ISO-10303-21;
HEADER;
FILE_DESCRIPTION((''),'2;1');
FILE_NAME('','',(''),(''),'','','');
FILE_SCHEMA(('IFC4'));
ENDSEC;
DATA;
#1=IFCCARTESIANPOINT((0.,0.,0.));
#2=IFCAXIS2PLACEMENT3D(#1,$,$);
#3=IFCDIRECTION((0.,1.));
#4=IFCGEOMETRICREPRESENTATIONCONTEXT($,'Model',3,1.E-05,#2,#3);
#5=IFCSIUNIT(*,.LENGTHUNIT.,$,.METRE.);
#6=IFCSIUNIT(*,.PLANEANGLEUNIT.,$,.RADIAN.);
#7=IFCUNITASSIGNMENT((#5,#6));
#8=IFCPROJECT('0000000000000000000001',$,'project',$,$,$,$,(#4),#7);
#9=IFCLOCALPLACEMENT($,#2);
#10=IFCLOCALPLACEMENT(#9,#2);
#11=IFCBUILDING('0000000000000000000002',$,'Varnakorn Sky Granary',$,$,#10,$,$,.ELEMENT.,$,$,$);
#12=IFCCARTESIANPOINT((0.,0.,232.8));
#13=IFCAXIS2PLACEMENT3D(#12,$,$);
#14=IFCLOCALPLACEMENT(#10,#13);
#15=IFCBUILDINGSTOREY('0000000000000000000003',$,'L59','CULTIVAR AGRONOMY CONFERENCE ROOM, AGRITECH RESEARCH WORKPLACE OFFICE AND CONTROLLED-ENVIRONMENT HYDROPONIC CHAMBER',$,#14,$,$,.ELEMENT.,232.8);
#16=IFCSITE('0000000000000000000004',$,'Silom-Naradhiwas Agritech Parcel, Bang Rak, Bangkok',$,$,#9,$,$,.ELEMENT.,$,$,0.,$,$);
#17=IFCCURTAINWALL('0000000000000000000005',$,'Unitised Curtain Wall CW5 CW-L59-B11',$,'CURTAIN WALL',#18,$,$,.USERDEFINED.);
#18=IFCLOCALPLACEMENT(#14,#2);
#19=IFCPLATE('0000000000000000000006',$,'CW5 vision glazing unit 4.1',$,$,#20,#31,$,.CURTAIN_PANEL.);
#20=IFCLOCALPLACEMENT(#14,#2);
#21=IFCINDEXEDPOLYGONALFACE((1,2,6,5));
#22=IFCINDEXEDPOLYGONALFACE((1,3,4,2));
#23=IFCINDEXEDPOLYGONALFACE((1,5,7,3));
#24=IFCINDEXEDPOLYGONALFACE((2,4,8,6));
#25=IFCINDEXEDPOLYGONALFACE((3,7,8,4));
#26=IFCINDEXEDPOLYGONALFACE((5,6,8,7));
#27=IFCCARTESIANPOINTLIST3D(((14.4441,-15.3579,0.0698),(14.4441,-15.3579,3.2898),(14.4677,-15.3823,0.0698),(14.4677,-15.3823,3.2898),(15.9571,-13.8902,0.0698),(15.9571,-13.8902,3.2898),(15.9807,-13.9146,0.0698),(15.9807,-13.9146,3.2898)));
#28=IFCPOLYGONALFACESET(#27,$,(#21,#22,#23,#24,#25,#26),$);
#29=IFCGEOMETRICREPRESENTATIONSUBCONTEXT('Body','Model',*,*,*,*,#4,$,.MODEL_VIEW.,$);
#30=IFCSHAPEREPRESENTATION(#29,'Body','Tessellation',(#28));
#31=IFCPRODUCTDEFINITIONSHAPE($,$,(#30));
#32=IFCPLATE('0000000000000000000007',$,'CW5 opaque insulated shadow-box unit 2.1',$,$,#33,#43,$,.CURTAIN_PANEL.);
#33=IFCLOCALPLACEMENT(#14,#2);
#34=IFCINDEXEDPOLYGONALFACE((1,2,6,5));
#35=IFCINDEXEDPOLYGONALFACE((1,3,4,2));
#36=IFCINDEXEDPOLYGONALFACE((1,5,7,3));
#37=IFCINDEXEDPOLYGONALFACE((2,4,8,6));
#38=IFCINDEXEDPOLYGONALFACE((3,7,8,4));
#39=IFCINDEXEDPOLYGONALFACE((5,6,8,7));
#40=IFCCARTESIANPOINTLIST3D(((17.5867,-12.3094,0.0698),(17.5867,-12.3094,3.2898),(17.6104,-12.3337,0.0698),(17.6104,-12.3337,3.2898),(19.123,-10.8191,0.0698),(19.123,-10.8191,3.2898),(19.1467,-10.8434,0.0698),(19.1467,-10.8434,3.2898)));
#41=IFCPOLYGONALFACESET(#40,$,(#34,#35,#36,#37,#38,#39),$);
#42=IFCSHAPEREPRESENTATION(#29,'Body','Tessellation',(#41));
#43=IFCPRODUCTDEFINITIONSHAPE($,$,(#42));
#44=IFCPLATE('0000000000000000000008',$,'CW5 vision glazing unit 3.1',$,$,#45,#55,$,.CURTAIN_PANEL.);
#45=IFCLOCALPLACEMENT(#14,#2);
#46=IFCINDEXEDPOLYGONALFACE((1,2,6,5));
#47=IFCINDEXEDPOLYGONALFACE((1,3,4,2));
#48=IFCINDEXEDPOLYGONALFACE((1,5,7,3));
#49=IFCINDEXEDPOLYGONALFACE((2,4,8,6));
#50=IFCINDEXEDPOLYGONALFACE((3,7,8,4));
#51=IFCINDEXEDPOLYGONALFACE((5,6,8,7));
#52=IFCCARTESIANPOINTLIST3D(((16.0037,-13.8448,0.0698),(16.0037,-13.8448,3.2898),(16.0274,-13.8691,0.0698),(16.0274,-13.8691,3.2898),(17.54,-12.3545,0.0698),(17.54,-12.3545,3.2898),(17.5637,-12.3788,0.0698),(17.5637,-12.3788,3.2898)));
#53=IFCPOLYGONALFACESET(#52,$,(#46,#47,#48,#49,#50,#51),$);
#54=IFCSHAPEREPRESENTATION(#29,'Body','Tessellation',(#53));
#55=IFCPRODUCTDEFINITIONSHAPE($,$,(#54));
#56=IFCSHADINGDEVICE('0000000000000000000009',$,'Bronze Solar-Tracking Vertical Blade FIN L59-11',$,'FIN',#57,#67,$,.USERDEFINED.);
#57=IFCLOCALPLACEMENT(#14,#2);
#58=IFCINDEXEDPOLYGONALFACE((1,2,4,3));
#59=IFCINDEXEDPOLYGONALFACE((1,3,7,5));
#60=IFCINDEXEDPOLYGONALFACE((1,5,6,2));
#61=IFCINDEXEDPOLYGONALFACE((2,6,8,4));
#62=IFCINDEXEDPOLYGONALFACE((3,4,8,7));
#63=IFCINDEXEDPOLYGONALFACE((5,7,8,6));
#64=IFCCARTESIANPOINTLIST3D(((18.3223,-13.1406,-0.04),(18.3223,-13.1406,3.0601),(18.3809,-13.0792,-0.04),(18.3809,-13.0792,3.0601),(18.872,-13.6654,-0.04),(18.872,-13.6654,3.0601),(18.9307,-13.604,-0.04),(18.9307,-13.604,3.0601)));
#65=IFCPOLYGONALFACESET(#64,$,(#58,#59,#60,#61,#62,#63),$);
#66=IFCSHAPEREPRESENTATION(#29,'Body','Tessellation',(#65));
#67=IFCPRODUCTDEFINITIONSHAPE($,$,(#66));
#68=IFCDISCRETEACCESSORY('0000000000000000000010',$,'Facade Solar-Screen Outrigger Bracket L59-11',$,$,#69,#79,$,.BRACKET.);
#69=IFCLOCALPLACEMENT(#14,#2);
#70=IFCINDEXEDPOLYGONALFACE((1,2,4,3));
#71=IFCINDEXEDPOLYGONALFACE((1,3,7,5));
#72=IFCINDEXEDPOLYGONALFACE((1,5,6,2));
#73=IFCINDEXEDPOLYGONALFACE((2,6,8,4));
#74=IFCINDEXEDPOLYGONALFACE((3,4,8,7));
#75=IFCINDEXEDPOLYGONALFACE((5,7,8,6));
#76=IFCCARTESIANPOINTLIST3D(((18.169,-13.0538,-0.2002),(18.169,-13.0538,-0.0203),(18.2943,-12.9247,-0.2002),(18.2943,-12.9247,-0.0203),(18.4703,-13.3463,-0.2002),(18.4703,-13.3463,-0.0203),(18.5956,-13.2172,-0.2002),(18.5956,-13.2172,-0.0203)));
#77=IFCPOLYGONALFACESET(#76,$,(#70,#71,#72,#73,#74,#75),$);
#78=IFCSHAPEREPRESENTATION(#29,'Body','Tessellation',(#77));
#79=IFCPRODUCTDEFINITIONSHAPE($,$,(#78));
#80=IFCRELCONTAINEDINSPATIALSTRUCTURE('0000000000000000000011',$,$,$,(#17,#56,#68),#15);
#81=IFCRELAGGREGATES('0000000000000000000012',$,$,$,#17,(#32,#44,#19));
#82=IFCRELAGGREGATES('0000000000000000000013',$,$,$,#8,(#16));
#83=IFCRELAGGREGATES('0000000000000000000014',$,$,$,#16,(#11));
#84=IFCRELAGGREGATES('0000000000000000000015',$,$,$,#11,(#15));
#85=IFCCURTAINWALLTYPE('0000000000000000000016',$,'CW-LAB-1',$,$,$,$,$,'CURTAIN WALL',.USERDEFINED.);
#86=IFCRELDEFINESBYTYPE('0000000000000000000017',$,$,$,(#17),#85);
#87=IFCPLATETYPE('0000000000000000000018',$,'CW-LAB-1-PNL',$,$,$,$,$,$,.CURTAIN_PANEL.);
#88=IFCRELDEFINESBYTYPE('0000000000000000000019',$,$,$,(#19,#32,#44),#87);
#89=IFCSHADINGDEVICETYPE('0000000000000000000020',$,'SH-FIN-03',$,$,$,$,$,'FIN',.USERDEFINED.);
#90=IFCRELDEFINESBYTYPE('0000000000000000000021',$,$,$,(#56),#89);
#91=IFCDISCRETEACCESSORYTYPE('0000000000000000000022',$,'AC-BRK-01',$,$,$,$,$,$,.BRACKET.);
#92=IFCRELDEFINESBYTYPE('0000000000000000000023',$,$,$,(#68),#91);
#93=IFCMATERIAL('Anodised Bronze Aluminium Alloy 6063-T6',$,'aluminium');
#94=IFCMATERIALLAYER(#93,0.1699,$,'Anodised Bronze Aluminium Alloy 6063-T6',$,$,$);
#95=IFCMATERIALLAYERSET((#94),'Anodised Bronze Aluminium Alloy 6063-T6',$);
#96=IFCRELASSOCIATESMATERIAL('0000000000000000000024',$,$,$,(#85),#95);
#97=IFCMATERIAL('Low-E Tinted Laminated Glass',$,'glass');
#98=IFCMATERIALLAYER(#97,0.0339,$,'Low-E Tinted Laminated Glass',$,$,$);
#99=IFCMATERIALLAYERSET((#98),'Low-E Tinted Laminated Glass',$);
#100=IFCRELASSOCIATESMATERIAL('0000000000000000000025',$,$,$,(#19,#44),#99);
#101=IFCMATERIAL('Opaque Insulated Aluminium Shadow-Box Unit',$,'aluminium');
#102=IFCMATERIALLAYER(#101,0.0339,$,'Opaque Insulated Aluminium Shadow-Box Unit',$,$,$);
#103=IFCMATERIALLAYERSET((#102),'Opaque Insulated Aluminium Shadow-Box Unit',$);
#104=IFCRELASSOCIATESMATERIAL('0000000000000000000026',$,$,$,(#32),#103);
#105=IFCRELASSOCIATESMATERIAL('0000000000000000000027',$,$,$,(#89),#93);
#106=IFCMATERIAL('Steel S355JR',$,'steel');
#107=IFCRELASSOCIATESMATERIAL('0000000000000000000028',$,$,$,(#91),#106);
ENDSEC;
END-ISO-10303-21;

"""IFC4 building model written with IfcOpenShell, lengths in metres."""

from ifc_helpers import new_model, si_unit, direction, frame, origin, origin_2d, place, context, subcontext, project, spatial, rectangle, extrude, source, transform, mapped, material, layer, layer_set, type_object, type_shapes, element, aggregate, save


model = new_model("IFC4")

# Units and contexts
model_context = context("Model", 3, precision=1e-05, world=origin(), true_north=direction((0.0, 1.0)))
body_context = subcontext(model_context, "Body", "Model", "MODEL_VIEW")
ifc_project = project(units=[si_unit("LENGTHUNIT", "METRE"), si_unit("PLANEANGLEUNIT", "RADIAN")], contexts=[model_context])

# Site, building, storey
site_placement = place(None, origin())
site = spatial("IfcSite", under=ifc_project, at=site_placement, Name="Silom-Naradhiwas Agritech Parcel, Bang Rak, Bangkok", CompositionType="ELEMENT", RefElevation=0.0)
building_placement = place(site_placement, origin())
building = spatial("IfcBuilding", under=site, at=building_placement, Name="Varnakorn Sky Granary", CompositionType="ELEMENT")
storey_placement = place(building_placement, frame((0.0, 0.0, 232.8)))
storey = spatial("IfcBuildingStorey", under=building, at=storey_placement, Name="L59", Description="CULTIVAR AGRONOMY CONFERENCE ROOM, AGRITECH RESEARCH WORKPLACE OFFICE AND CONTROLLED-ENVIRONMENT HYDROPONIC CHAMBER", CompositionType="ELEMENT", Elevation=232.8)

# Shared definitions
ifc_material_1 = material(Name="Steel S355JR", Category="steel")

# Shared definitions
ifc_material_2 = material(Name="Anodised Bronze Aluminium Alloy 6063-T6", Category="aluminium")
ifc_layer_1 = layer(ifc_material_2, 0.1699, Name="Anodised Bronze Aluminium Alloy 6063-T6")
ifc_layer_set_1 = layer_set([ifc_layer_1], Name="Anodised Bronze Aluminium Alloy 6063-T6")
curtain_wall_type = type_object("IfcCurtainWallType", Name="CW-LAB-1", ElementType="CURTAIN WALL", PredefinedType="USERDEFINED", material=ifc_layer_set_1)

# Curtain wall
curtain_wall_1_placement = place(storey_placement, origin())
curtain_wall_1 = element("IfcCurtainWall", 1, at=curtain_wall_1_placement, inside=storey, type_object=curtain_wall_type, Name="Unitised Curtain Wall CW5 CW-L59-B11", ObjectType="CURTAIN WALL", PredefinedType="USERDEFINED")

# Plates
ifc_material_3 = material(Name="Low-E Tinted Laminated Glass", Category="glass")
ifc_layer_2 = layer(ifc_material_3, 0.0339, Name="Low-E Tinted Laminated Glass")
ifc_layer_set_2 = layer_set([ifc_layer_2], Name="Low-E Tinted Laminated Glass")
plate_type = type_object("IfcPlateType", Name="CW-LAB-1-PNL", PredefinedType="CURTAIN_PANEL")
shared_shape_1 = source(origin(), body_context, "Body", "SweptSolid", [
    extrude(rectangle(XDim=2.1079, YDim=0.0339, at=origin_2d()), origin(), (0.0, 0.0, 1.0), 3.22),
])
plate_1_placement = place(storey_placement, frame((15.2124, -14.6362, 0.0698), z_axis=(0.0, 0.0, 1.0), x_axis=(-0.717771, -0.696279, 0.0)))
plate_1 = element("IfcPlate", 2, at=plate_1_placement, type_object=plate_type, material=ifc_layer_set_2, Name="CW5 vision glazing unit 4.1", PredefinedType="CURTAIN_PANEL", context=body_context, shape_type="MappedRepresentation", body=[
    mapped(shared_shape_1, transform((0.0, 0.0, 0.0), x_axis=(1.0, 0.0, 0.0), y_axis=(0.0, 1.0, 0.0), z_axis=(0.0, 0.0, 1.0), scale=1.0)),
])
ifc_material_4 = material(Name="Opaque Insulated Aluminium Shadow-Box Unit", Category="aluminium")
ifc_layer_3 = layer(ifc_material_4, 0.0339, Name="Opaque Insulated Aluminium Shadow-Box Unit")
ifc_layer_set_3 = layer_set([ifc_layer_3], Name="Opaque Insulated Aluminium Shadow-Box Unit")
shared_shape_2 = source(origin(), body_context, "Body", "SweptSolid", [
    extrude(rectangle(XDim=2.1404, YDim=0.0339, at=origin_2d()), origin(), (0.0, 0.0, 1.0), 3.22),
])
type_shapes(plate_type, [shared_shape_1, shared_shape_2])
plate_2_placement = place(storey_placement, frame((18.3667, -11.5764, 0.0698), z_axis=(0.0, 0.0, 1.0), x_axis=(-0.717771, -0.696279, 0.0)))
plate_2 = element("IfcPlate", 3, at=plate_2_placement, type_object=plate_type, material=ifc_layer_set_3, Name="CW5 opaque insulated shadow-box unit 2.1", PredefinedType="CURTAIN_PANEL", context=body_context, shape_type="MappedRepresentation", body=[
    mapped(shared_shape_2, transform((0.0, 0.0, 0.0), x_axis=(1.0, 0.0, 0.0), y_axis=(0.0, 1.0, 0.0), z_axis=(0.0, 0.0, 1.0), scale=1.0)),
])
plate_3_placement = place(storey_placement, frame((16.7837, -13.1118, 0.0698), z_axis=(0.0, 0.0, 1.0), x_axis=(-0.717771, -0.696279, 0.0)))
plate_3 = element("IfcPlate", 4, at=plate_3_placement, type_object=plate_type, material=ifc_layer_set_2, Name="CW5 vision glazing unit 3.1", PredefinedType="CURTAIN_PANEL", context=body_context, shape_type="MappedRepresentation", body=[
    mapped(shared_shape_2, transform((0.0, 0.0, 0.0), x_axis=(1.0, 0.0, 0.0), y_axis=(0.0, 1.0, 0.0), z_axis=(0.0, 0.0, 1.0), scale=1.0)),
])
aggregate(curtain_wall_1, [plate_2, plate_3, plate_1])

# Shading device
shading_device_type = type_object("IfcShadingDeviceType", Name="SH-FIN-03", ElementType="FIN", PredefinedType="USERDEFINED", material=ifc_material_2)
shared_shape_3 = source(origin(), body_context, "Body", "SweptSolid", [
    extrude(rectangle(XDim=0.085, YDim=0.76, at=origin_2d()), origin(), (0.0, 0.0, 1.0), 3.1001),
])
type_shapes(shading_device_type, [shared_shape_3])
shading_device_placement = place(storey_placement, frame((18.6265, -13.3723, -0.04), z_axis=(0.0, 0.0, 1.0), x_axis=(0.690513, 0.72332, 0.0)))
element("IfcShadingDevice", 5, at=shading_device_placement, inside=storey, type_object=shading_device_type, Name="Bronze Solar-Tracking Vertical Blade FIN L59-11", ObjectType="FIN", PredefinedType="USERDEFINED", context=body_context, shape_type="MappedRepresentation", body=[
    mapped(shared_shape_3, transform((0.0, 0.0, 0.0), x_axis=(1.0, 0.0, 0.0), y_axis=(0.0, 1.0, 0.0), z_axis=(0.0, 0.0, 1.0), scale=1.0)),
])

# Discrete accessory
discrete_accessory_type = type_object("IfcDiscreteAccessoryType", Name="AC-BRK-01", PredefinedType="BRACKET", material=ifc_material_1)
shared_shape_4 = source(origin(), body_context, "Body", "SweptSolid", [
    extrude(rectangle(XDim=0.1799, YDim=0.4199, at=origin_2d()), origin(), (0.0, 0.0, 1.0), 0.1799),
])
type_shapes(discrete_accessory_type, [shared_shape_4])
discrete_accessory_placement = place(storey_placement, frame((18.3823, -13.1355, -0.2002), z_axis=(0.0, 0.0, 1.0), x_axis=(0.696502, 0.717555, 0.0)))
element("IfcDiscreteAccessory", 6, at=discrete_accessory_placement, inside=storey, type_object=discrete_accessory_type, Name="Facade Solar-Screen Outrigger Bracket L59-11", PredefinedType="BRACKET", context=body_context, shape_type="MappedRepresentation", body=[
    mapped(shared_shape_4, transform((0.0, 0.0, 0.0), x_axis=(1.0, 0.0, 0.0), y_axis=(0.0, 1.0, 0.0), z_axis=(0.0, 0.0, 1.0), scale=1.0)),
])

save(model, "model.ifc")
